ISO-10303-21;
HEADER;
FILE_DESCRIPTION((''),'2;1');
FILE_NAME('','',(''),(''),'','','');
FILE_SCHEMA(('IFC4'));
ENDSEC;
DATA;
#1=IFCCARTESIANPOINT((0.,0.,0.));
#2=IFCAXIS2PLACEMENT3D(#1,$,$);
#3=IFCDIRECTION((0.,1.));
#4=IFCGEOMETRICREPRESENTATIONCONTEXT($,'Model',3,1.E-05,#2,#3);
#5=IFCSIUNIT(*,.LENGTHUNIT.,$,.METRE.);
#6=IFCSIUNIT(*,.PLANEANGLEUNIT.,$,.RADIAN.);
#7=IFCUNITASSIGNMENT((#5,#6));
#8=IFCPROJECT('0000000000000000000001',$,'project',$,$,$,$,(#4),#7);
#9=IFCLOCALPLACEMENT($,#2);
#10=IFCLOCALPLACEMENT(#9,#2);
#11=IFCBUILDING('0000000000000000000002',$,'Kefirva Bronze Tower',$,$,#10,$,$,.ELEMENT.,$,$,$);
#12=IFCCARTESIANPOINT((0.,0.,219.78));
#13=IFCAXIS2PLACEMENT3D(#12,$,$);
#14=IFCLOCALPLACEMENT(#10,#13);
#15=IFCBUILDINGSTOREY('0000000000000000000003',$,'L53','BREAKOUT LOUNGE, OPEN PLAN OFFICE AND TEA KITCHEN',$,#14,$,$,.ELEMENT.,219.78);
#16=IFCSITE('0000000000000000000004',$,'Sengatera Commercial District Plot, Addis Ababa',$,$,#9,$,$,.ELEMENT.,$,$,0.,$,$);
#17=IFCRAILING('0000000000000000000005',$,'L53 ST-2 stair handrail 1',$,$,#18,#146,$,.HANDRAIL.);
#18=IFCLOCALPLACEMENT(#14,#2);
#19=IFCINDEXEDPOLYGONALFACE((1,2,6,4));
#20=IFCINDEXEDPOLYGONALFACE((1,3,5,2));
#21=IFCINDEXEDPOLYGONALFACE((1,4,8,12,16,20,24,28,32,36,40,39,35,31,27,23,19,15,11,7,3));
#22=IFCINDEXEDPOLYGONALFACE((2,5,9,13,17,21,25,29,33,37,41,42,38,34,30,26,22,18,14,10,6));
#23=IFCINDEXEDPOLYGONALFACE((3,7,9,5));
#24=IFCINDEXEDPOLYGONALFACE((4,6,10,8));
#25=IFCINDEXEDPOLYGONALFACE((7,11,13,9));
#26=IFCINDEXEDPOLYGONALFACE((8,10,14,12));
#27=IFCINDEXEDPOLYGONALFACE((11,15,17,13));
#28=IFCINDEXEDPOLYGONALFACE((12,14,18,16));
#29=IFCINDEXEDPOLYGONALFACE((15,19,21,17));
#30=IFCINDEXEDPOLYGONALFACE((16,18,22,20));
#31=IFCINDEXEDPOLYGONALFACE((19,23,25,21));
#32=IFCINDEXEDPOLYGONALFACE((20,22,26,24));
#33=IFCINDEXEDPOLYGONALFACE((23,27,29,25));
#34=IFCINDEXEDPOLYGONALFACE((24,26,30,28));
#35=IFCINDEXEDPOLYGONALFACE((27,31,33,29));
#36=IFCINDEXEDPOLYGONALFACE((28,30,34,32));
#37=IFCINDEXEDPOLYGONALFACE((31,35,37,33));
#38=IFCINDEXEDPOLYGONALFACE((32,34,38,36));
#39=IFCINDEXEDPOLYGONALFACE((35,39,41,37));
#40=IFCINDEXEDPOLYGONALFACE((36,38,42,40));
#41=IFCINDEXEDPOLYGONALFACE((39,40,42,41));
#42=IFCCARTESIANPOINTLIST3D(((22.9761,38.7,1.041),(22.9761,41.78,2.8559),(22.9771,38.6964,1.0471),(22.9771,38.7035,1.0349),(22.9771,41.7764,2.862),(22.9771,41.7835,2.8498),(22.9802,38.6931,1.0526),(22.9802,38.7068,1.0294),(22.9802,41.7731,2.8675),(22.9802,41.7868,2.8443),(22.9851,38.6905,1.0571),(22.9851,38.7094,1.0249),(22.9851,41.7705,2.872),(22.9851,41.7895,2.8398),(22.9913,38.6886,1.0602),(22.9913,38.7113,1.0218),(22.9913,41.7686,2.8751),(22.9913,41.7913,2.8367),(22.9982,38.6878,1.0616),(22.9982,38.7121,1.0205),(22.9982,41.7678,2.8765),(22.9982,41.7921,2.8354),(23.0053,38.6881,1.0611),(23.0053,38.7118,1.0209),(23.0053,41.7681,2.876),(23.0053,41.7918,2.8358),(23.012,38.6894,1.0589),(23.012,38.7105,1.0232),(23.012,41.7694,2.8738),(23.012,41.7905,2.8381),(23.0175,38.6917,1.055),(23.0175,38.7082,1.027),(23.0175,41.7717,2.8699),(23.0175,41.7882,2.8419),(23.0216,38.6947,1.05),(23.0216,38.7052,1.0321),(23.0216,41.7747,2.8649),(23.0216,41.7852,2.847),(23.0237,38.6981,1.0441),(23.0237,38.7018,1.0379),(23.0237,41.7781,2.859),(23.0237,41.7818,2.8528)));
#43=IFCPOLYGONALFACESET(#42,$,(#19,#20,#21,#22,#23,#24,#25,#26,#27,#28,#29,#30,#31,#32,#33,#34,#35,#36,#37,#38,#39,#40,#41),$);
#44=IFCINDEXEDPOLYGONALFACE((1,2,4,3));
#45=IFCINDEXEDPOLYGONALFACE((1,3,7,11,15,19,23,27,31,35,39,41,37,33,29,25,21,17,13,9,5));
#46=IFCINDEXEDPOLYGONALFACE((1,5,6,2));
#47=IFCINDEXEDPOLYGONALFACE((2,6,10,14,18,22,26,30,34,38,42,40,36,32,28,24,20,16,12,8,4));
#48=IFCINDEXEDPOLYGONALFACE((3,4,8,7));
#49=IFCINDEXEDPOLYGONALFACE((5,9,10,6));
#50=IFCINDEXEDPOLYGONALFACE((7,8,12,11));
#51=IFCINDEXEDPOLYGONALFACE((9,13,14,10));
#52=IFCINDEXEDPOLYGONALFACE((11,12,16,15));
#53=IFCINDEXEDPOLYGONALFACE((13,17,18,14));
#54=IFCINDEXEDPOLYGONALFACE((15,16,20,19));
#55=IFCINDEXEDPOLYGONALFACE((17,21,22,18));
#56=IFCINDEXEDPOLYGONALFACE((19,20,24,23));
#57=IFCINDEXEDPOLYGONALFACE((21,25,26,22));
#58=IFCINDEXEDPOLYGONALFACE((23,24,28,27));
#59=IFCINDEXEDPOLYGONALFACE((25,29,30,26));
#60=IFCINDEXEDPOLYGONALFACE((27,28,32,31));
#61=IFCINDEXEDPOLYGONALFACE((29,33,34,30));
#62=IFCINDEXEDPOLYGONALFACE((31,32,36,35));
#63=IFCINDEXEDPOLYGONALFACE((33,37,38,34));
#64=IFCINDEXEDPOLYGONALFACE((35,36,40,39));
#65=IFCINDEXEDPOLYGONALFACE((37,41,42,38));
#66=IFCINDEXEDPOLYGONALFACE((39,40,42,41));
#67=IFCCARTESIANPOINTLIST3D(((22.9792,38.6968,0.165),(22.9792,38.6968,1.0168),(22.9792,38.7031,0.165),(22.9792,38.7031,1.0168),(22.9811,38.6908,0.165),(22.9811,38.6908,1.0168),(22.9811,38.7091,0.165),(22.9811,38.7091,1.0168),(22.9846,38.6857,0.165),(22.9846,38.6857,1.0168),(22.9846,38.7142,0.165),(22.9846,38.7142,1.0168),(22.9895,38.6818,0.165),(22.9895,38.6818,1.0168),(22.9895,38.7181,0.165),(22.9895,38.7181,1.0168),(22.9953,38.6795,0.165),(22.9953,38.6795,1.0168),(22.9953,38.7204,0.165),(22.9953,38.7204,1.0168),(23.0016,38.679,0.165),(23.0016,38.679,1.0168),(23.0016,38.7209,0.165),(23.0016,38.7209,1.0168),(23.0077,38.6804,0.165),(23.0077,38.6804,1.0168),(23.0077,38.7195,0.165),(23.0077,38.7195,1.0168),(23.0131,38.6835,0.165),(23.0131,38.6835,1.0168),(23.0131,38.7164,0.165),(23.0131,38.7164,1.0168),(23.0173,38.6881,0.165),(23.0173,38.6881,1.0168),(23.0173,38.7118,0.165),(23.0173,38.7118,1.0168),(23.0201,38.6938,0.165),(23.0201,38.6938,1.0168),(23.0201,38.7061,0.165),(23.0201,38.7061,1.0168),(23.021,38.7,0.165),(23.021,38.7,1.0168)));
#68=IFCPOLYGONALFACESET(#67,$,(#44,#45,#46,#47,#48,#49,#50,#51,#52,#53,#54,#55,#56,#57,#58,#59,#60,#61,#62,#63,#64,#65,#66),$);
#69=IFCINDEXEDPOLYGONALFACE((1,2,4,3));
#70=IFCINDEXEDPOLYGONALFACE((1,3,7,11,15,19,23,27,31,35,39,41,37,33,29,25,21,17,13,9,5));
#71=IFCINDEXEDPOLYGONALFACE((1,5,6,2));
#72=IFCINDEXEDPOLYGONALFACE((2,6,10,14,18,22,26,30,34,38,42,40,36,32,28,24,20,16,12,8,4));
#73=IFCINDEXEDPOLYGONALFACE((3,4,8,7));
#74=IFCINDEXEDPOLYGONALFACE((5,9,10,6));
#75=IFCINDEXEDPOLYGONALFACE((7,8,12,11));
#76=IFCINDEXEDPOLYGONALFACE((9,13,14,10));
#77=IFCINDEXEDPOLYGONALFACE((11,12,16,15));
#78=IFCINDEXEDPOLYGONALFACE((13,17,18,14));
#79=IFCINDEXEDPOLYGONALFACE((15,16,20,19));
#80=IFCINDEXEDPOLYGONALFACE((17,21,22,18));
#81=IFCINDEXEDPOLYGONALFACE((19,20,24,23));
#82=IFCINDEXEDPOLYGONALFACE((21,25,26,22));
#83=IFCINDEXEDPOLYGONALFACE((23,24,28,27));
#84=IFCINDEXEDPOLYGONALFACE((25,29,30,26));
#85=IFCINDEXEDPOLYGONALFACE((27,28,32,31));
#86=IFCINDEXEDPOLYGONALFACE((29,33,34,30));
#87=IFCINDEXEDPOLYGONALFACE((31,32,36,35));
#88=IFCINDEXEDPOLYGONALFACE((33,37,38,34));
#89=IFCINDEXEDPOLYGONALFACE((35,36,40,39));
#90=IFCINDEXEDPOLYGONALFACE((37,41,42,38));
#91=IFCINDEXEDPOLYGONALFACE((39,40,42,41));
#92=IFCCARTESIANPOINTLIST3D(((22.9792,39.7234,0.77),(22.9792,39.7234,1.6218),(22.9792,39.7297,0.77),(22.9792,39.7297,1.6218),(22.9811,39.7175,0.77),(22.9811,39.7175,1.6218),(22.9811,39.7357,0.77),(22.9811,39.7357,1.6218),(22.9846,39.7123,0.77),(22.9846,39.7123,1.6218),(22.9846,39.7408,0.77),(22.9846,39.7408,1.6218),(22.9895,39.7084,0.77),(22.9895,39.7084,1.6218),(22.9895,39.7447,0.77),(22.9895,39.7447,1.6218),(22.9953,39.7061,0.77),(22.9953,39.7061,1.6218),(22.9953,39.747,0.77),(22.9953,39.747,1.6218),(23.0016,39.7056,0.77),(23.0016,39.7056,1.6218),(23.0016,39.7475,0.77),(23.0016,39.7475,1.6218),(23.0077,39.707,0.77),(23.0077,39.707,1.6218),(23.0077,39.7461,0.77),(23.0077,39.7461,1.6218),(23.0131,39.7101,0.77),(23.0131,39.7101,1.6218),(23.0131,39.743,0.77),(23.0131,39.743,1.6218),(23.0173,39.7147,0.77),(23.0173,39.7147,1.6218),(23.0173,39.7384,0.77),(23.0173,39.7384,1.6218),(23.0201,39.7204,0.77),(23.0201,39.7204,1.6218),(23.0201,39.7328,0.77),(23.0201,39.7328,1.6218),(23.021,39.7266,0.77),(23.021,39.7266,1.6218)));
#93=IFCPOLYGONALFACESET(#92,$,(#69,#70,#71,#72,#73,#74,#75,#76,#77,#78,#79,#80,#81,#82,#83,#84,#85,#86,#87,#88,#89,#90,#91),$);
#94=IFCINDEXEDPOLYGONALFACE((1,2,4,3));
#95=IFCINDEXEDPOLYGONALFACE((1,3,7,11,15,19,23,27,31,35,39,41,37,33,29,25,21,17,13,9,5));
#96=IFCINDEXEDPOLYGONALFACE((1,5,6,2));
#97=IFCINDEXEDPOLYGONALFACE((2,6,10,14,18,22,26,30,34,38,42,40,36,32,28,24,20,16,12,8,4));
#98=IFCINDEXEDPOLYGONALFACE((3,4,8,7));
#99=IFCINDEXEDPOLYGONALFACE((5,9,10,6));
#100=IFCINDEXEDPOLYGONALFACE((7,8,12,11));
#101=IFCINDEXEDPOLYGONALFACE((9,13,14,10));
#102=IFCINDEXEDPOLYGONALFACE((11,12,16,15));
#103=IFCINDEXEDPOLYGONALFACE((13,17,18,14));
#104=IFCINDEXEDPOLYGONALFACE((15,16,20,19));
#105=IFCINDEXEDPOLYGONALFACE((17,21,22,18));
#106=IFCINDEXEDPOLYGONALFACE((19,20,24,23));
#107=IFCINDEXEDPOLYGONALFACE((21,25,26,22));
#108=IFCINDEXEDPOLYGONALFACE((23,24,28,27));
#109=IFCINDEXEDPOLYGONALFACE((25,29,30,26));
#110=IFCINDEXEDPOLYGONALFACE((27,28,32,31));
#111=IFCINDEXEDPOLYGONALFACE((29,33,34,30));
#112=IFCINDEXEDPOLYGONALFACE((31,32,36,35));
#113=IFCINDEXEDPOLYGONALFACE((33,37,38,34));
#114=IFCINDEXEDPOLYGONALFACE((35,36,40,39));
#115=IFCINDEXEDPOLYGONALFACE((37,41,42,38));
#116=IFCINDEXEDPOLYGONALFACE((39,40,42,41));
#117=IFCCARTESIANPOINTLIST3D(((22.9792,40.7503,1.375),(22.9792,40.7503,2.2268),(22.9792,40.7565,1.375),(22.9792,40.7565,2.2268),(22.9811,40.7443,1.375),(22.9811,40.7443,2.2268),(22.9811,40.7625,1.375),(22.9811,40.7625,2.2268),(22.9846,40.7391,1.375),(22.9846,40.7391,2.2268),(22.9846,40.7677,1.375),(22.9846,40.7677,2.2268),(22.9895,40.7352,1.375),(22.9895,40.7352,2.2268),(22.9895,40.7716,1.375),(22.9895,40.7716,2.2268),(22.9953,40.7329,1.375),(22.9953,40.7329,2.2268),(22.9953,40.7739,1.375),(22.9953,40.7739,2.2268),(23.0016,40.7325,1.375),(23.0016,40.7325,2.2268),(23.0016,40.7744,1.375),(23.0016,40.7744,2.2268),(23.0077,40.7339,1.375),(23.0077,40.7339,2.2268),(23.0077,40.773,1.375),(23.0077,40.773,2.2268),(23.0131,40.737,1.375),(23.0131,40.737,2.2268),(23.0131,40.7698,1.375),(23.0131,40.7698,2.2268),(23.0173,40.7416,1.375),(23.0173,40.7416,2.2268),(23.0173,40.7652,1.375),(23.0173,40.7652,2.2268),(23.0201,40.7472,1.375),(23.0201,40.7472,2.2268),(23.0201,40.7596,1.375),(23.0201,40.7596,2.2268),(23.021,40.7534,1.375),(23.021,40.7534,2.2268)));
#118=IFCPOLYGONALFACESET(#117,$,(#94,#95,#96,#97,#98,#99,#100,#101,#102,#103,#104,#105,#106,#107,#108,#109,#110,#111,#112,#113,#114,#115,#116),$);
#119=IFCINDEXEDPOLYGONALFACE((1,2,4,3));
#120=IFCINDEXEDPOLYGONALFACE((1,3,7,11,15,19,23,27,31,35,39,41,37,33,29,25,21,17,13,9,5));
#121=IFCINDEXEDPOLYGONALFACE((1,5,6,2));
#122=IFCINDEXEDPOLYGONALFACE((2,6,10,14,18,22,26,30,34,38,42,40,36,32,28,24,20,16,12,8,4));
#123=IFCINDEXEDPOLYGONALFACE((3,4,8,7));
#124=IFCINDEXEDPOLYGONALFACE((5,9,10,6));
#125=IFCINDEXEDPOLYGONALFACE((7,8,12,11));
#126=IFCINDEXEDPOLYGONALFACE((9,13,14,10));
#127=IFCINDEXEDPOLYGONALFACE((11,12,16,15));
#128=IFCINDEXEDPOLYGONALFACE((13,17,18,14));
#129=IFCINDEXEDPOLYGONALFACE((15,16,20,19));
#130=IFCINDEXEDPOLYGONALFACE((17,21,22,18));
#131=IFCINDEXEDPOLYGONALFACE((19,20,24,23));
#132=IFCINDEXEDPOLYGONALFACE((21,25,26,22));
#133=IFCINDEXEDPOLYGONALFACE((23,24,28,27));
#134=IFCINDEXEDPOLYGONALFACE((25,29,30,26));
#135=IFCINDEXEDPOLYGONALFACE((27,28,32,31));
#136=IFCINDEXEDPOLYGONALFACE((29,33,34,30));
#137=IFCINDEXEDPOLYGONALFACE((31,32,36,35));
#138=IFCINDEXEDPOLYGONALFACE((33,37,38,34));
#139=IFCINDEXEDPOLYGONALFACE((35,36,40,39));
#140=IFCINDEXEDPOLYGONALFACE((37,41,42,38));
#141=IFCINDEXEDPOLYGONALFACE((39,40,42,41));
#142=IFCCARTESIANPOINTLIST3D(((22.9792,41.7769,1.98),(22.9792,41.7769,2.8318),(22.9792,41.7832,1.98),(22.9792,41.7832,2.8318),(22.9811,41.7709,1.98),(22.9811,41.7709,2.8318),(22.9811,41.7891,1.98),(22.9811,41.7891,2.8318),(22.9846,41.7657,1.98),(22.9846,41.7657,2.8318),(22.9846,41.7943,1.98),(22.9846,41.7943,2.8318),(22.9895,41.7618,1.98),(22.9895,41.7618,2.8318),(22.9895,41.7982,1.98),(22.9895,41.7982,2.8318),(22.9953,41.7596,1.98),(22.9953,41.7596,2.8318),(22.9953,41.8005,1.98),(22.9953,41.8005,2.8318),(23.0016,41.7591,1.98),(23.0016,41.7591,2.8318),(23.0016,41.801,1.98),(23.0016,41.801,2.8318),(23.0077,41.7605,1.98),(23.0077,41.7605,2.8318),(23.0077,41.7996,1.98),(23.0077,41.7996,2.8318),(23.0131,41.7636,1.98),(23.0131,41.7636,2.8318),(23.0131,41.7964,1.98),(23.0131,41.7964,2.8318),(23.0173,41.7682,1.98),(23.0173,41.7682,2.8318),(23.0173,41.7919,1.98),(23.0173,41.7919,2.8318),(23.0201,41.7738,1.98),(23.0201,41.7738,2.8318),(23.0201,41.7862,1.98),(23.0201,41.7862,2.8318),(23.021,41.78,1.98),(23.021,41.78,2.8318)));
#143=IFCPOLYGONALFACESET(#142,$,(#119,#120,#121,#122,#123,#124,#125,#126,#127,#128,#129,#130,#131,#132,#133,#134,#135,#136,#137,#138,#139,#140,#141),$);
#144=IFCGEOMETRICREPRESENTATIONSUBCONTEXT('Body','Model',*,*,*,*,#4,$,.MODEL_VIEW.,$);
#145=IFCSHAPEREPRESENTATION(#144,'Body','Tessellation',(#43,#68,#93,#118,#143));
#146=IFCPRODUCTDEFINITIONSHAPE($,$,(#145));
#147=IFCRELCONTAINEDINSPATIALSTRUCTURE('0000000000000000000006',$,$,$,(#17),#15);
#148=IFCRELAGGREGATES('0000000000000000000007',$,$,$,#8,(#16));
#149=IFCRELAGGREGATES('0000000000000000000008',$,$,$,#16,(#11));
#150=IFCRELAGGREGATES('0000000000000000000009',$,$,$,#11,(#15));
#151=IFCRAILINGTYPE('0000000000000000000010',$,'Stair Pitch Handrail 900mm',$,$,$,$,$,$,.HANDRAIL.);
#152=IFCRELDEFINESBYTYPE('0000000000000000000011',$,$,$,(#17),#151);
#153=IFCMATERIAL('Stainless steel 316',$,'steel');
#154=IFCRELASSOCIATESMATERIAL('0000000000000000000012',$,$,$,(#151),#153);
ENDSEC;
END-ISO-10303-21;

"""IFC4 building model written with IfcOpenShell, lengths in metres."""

from ifc_helpers import new_model, si_unit, direction, frame, origin, origin_2d, place, context, subcontext, project, spatial, circle, extrude, material, type_object, element, save


model = new_model("IFC4")

# Units and contexts
model_context = context("Model", 3, precision=1e-05, world=origin(), true_north=direction((0.0, 1.0)))
body_context = subcontext(model_context, "Body", "Model", "MODEL_VIEW")
ifc_project = project(units=[si_unit("LENGTHUNIT", "METRE"), si_unit("PLANEANGLEUNIT", "RADIAN")], contexts=[model_context])

# Site, building, storey
site_placement = place(None, origin())
site = spatial("IfcSite", under=ifc_project, at=site_placement, Name="Sengatera Commercial District Plot, Addis Ababa", CompositionType="ELEMENT", RefElevation=0.0)
building_placement = place(site_placement, origin())
building = spatial("IfcBuilding", under=site, at=building_placement, Name="Kefirva Bronze Tower", CompositionType="ELEMENT")
storey_placement = place(building_placement, frame((0.0, 0.0, 219.78)))
storey = spatial("IfcBuildingStorey", under=building, at=storey_placement, Name="L53", Description="BREAKOUT LOUNGE, OPEN PLAN OFFICE AND TEA KITCHEN", CompositionType="ELEMENT", Elevation=219.78)

# Railing
ifc_material_1 = material(Name="Stainless steel 316", Category="steel")
railing_type_1 = type_object("IfcRailingType", Name="Stair Pitch Handrail 900mm", PredefinedType="HANDRAIL", material=ifc_material_1)
railing_1_placement = place(storey_placement, frame((23.0, 38.7, 0.165)))
element("IfcRailing", 1, at=railing_1_placement, inside=storey, type_object=railing_type_1, Name="L53 ST-2 stair handrail 1", PredefinedType="HANDRAIL", context=body_context, shape_type="SweptSolid", body=[
    extrude(circle(Radius=0.0239, at=origin_2d()), frame((0.0, 0.0, 0.876), z_axis=(0.0, 0.861551, 0.507671), x_axis=(-1.0, 0.0, 0.0)), (0.0, 0.0, 1.0), 3.575),
    extrude(circle(Radius=0.021, at=origin_2d()), origin(), (0.0, 0.0, 1.0), 0.8518),
    extrude(circle(Radius=0.021, at=origin_2d()), frame((0.0, 1.0266, 0.605)), (0.0, 0.0, 1.0), 0.8518),
    extrude(circle(Radius=0.021, at=origin_2d()), frame((0.0, 2.0535, 1.21)), (0.0, 0.0, 1.0), 0.8518),
    extrude(circle(Radius=0.021, at=origin_2d()), frame((0.0, 3.0801, 1.8149)), (0.0, 0.0, 1.0), 0.8518),
])

save(model, "model.ifc")
